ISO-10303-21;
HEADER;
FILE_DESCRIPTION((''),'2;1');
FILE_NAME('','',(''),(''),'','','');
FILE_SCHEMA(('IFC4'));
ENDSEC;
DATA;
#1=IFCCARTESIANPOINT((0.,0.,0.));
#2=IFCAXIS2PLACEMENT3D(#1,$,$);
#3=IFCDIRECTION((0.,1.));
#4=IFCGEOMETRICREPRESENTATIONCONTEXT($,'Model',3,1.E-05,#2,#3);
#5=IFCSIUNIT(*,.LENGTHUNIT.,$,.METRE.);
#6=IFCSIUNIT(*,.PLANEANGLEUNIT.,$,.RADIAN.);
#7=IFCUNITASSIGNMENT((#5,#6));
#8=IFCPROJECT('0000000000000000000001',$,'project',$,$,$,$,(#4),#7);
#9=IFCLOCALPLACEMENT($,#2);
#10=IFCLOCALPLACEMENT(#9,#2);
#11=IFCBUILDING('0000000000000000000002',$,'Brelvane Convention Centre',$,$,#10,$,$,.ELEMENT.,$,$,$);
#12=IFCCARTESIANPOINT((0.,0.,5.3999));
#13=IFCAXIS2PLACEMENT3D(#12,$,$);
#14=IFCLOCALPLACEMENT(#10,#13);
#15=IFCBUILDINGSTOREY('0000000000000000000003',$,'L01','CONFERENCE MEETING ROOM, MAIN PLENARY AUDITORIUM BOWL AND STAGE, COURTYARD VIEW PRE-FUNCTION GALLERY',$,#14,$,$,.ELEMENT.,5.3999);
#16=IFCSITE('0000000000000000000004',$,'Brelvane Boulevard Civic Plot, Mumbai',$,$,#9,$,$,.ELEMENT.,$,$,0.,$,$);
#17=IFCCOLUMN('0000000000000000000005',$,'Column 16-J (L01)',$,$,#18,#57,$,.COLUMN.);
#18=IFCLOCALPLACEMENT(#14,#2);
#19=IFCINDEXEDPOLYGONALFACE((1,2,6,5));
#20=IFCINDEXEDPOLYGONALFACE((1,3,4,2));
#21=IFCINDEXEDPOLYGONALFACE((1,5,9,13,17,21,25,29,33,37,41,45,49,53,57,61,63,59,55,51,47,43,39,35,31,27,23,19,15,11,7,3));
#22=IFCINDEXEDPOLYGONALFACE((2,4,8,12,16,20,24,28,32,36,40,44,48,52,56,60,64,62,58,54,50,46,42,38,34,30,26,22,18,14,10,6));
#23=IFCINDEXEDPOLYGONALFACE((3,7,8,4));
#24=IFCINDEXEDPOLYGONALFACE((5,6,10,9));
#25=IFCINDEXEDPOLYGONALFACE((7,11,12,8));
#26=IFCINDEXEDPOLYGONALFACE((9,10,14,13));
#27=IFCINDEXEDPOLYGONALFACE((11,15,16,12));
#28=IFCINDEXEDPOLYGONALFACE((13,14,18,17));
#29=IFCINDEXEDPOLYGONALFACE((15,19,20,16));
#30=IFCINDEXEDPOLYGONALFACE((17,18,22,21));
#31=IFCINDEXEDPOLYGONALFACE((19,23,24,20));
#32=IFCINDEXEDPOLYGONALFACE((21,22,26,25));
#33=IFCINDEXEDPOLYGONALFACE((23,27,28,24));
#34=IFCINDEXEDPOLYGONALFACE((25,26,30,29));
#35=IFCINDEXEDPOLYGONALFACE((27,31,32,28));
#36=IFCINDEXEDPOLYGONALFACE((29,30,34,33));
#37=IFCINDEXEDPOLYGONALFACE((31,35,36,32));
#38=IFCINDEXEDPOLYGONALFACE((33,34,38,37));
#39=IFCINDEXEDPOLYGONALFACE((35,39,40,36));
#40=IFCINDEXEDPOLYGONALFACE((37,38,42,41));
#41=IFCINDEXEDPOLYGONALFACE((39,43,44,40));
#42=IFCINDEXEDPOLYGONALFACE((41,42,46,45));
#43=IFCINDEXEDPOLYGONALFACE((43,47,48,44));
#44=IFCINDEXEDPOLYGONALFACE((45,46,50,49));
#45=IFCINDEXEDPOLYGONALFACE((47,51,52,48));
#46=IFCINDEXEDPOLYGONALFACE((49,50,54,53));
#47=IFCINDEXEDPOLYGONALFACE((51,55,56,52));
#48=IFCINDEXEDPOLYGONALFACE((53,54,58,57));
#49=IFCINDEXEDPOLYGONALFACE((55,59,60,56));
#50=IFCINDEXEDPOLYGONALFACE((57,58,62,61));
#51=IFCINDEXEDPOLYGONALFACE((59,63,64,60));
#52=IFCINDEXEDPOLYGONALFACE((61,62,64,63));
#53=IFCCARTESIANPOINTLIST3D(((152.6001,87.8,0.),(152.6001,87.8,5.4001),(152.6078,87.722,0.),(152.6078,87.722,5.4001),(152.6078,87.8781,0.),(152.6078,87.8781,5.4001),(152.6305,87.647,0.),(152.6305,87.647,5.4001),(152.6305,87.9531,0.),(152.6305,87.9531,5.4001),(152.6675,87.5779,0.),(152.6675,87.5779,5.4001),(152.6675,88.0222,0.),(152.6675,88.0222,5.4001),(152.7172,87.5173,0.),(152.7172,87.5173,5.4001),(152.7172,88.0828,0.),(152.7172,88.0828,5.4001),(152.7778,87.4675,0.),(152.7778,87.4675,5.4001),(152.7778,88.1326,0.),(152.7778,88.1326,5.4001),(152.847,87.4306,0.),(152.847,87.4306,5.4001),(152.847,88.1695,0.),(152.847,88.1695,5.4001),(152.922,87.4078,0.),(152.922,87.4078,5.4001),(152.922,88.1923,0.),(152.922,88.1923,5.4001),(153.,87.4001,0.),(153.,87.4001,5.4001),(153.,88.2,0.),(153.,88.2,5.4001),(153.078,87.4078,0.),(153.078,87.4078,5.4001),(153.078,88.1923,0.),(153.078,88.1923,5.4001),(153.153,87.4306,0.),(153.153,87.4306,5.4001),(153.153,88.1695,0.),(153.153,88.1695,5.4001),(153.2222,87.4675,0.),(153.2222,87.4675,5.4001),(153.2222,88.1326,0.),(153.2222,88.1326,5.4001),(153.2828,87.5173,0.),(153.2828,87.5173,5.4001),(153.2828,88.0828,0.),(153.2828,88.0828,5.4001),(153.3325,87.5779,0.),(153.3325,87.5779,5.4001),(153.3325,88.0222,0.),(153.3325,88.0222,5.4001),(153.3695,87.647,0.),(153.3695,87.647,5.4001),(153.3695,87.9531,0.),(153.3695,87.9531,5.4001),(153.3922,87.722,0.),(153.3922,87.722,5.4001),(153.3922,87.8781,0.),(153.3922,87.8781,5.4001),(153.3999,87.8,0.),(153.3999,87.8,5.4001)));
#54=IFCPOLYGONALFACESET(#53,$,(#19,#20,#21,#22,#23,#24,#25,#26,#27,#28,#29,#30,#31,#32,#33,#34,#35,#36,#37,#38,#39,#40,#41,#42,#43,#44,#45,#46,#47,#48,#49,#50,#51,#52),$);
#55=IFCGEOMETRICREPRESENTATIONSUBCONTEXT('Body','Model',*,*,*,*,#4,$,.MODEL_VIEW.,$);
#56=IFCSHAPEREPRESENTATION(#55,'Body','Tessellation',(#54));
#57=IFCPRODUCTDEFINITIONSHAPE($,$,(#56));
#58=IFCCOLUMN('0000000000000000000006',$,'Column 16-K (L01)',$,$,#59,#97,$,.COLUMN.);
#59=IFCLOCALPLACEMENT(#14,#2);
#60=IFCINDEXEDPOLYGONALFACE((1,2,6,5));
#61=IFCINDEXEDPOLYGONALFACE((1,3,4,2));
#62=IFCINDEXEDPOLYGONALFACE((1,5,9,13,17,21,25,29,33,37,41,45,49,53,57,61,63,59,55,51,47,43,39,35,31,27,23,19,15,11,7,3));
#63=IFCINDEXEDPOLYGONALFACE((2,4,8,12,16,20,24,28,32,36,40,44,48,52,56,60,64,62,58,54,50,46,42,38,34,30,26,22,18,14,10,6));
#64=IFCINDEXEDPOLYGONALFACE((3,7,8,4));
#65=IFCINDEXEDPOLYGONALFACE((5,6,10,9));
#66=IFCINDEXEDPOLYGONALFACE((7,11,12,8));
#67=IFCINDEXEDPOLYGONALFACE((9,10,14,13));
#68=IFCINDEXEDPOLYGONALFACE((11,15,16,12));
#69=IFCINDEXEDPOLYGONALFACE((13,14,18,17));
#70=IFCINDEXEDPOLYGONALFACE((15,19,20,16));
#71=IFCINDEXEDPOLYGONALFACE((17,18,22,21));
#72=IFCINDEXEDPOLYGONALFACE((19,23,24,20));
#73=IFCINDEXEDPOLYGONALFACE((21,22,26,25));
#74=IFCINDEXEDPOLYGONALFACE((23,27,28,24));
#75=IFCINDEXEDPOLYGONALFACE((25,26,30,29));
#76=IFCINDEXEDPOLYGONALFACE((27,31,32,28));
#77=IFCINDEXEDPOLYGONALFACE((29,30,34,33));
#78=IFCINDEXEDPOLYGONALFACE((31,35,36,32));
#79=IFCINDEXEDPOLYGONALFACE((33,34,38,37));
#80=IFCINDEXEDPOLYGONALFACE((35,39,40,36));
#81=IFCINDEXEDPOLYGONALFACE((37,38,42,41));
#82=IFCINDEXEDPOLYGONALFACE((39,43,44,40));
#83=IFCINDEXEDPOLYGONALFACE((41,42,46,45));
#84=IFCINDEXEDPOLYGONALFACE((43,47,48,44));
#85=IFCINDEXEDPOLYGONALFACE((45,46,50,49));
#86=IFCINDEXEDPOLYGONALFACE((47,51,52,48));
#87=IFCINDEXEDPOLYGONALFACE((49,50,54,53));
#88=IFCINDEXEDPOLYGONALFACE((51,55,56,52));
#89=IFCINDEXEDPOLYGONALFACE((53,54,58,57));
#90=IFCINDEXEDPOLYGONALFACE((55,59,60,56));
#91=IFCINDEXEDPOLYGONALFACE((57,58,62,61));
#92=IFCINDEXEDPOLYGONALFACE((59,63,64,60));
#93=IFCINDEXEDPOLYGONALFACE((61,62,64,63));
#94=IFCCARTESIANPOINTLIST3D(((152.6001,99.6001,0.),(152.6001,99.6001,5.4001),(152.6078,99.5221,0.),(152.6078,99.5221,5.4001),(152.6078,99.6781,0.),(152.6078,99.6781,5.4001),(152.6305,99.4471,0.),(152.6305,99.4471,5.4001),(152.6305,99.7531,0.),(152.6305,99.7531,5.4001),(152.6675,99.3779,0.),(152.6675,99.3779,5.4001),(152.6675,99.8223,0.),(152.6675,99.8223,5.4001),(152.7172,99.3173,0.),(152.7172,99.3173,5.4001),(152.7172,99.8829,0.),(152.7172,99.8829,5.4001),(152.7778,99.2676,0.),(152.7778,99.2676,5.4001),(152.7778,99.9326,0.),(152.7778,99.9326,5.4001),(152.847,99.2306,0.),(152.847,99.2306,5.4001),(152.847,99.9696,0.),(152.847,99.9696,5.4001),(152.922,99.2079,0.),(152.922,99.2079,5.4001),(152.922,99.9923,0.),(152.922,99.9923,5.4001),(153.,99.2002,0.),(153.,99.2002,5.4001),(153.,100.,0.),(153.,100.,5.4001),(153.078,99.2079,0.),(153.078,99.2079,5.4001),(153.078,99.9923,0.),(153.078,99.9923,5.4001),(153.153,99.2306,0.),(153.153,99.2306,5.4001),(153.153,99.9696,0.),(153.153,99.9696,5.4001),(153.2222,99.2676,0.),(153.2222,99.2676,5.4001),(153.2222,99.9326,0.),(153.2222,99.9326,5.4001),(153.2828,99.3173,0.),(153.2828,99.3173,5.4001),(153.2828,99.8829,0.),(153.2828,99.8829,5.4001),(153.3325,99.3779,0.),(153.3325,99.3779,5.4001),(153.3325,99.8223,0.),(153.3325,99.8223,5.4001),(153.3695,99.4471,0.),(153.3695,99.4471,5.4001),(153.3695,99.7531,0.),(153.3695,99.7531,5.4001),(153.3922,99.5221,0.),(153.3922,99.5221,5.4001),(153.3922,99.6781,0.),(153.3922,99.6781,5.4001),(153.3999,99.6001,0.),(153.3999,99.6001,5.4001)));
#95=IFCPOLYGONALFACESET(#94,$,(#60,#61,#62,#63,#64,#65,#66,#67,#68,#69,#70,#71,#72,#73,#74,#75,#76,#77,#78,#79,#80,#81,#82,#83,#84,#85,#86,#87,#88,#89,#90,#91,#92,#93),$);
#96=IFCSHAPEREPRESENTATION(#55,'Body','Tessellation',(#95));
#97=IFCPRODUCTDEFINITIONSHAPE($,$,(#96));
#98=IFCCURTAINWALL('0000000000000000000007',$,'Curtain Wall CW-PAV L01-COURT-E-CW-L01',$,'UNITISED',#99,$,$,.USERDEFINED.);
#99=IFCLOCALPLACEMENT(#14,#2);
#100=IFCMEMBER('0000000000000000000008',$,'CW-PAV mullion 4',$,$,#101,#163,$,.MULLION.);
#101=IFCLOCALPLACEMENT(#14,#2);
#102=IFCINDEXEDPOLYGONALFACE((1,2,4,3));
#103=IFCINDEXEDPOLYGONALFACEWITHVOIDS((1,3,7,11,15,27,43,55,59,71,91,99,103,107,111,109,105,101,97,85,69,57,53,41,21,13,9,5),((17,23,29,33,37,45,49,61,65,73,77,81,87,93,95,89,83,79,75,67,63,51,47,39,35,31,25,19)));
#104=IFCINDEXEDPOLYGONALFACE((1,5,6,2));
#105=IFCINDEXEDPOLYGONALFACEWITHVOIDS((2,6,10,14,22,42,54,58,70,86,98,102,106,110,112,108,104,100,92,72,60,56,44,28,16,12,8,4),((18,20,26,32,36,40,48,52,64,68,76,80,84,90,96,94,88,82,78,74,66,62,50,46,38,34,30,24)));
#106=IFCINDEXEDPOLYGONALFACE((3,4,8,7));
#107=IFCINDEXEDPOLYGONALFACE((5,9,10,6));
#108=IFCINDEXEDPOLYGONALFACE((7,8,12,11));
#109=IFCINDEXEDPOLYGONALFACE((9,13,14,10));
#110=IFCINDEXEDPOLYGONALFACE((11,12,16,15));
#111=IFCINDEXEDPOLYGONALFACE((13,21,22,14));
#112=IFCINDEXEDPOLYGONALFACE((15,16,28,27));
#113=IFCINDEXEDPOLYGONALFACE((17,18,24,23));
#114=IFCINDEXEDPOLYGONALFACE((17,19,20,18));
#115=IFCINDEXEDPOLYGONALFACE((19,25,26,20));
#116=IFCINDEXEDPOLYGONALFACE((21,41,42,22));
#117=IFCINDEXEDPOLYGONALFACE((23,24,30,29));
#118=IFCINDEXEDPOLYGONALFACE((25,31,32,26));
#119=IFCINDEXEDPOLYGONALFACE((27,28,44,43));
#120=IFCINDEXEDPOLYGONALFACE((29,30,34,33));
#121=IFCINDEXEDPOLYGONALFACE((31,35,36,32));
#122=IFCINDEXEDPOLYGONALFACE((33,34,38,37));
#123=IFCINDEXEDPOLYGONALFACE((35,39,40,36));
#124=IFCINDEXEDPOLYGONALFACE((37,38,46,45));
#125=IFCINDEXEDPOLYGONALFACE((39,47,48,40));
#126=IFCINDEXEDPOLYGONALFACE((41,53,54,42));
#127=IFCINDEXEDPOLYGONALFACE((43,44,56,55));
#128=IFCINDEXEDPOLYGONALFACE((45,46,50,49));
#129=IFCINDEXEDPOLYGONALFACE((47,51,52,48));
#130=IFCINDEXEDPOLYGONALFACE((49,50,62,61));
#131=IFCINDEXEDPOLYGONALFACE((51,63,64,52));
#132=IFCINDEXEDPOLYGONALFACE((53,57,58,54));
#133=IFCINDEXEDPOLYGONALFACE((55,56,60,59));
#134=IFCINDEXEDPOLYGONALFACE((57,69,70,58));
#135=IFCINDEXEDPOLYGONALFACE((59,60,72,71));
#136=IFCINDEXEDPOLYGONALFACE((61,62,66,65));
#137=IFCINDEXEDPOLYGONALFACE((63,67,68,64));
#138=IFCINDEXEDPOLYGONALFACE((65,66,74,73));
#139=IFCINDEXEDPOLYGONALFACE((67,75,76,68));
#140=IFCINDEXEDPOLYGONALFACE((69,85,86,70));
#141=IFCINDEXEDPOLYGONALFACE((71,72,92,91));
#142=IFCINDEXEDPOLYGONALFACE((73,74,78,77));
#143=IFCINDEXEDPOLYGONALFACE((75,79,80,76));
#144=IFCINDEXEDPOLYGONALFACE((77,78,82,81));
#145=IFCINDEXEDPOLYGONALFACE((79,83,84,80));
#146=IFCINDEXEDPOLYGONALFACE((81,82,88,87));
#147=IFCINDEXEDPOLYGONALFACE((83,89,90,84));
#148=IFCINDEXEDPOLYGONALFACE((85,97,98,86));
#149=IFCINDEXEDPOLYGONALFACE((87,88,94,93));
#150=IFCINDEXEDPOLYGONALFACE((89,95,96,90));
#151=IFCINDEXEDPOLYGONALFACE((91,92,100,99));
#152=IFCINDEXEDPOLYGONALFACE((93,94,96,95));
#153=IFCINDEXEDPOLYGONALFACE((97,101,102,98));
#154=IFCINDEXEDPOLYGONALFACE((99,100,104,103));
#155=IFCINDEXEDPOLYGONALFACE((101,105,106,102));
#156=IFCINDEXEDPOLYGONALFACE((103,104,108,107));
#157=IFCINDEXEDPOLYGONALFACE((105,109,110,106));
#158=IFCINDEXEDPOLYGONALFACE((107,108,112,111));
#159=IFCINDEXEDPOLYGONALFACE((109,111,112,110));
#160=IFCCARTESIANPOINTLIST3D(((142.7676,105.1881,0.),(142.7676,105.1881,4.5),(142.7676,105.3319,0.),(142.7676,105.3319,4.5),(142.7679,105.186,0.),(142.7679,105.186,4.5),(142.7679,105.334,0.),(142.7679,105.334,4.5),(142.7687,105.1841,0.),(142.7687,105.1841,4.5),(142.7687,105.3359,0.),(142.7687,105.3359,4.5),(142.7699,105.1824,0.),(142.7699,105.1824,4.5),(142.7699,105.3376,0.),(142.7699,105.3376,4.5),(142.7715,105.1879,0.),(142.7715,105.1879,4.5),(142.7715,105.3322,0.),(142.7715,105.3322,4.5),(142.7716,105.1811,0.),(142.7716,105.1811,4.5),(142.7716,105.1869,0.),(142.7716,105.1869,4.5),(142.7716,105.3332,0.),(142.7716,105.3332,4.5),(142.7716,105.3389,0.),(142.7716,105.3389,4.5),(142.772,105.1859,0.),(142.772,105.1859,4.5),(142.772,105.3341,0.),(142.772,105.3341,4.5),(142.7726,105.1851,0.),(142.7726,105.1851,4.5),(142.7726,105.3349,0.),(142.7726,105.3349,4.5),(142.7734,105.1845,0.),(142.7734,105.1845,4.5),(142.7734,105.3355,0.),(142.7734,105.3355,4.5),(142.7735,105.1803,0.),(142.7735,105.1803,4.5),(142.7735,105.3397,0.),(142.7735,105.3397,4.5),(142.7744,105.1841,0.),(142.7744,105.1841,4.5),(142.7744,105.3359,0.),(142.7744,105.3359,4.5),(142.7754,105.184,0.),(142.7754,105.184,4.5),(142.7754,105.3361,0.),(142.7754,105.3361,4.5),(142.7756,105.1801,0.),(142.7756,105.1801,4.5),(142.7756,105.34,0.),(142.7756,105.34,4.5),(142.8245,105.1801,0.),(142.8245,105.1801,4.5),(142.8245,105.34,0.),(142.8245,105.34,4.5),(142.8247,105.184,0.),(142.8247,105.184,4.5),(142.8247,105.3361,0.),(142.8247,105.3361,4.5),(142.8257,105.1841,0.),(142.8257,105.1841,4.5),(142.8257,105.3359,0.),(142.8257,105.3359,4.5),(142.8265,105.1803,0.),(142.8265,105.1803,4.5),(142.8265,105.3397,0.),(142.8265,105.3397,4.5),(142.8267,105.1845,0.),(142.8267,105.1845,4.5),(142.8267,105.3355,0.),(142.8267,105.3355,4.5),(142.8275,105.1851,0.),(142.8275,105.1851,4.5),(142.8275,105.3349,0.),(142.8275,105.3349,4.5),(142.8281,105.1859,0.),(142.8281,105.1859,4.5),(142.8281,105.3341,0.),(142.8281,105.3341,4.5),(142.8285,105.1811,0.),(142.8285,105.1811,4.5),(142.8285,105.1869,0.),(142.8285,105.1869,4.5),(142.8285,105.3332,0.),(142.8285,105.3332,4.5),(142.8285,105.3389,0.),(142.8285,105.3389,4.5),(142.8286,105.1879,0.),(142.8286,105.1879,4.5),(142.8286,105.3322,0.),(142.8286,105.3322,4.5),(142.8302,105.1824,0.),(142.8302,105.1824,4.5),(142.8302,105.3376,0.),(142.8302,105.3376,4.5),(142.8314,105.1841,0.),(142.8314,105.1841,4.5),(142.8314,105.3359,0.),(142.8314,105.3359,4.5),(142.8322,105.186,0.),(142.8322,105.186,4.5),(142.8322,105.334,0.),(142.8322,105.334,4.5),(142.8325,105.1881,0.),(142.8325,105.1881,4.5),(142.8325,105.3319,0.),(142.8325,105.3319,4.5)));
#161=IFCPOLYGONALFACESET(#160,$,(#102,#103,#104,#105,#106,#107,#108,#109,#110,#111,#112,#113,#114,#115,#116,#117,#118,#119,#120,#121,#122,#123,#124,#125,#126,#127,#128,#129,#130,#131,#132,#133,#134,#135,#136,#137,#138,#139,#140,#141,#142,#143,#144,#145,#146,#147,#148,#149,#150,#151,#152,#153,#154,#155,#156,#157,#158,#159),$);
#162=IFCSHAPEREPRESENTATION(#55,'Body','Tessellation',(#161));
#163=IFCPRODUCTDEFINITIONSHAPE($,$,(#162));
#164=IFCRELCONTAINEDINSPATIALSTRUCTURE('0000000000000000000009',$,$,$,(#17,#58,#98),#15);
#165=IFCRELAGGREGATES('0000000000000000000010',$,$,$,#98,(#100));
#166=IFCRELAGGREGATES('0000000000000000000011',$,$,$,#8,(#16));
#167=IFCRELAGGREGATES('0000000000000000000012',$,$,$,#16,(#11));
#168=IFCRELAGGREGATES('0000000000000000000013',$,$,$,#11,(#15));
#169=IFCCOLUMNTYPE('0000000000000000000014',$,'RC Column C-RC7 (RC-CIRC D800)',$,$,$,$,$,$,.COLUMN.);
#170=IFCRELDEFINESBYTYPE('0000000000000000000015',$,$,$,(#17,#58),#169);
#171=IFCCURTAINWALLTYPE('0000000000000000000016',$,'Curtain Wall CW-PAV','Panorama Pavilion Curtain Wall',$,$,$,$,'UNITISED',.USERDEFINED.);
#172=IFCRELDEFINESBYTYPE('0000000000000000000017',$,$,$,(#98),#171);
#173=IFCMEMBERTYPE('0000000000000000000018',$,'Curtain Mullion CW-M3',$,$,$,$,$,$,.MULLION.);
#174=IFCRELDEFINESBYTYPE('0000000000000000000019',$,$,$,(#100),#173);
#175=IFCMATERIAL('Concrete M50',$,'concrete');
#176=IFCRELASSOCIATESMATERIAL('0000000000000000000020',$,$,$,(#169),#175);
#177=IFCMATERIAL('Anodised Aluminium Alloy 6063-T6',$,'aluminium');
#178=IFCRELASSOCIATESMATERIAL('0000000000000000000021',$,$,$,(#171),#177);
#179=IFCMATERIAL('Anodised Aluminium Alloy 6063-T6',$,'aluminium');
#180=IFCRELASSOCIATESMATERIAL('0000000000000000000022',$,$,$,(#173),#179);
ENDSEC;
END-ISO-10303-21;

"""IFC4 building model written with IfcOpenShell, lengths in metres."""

from ifc_helpers import new_model, si_unit, direction, frame, origin, origin_2d, place, context, subcontext, project, spatial, hollow_rectangle, circle, extrude, material, material_profile, profile_set, type_object, element, aggregate, save


model = new_model("IFC4")

# Units and contexts
model_context = context("Model", 3, precision=1e-05, world=origin(), true_north=direction((0.0, 1.0)))
body_context = subcontext(model_context, "Body", "Model", "MODEL_VIEW")
ifc_project = project(units=[si_unit("LENGTHUNIT", "METRE"), si_unit("PLANEANGLEUNIT", "RADIAN")], contexts=[model_context])

# Site, building, storey
site_placement = place(None, origin())
site = spatial("IfcSite", under=ifc_project, at=site_placement, Name="Brelvane Boulevard Civic Plot, Mumbai", CompositionType="ELEMENT", RefElevation=0.0)
building_placement = place(site_placement, origin())
building = spatial("IfcBuilding", under=site, at=building_placement, Name="Brelvane Convention Centre", CompositionType="ELEMENT")
storey_placement = place(building_placement, frame((0.0, 0.0, 5.3999)))
storey = spatial("IfcBuildingStorey", under=building, at=storey_placement, Name="L01", Description="CONFERENCE MEETING ROOM, MAIN PLENARY AUDITORIUM BOWL AND STAGE, COURTYARD VIEW PRE-FUNCTION GALLERY", CompositionType="ELEMENT", Elevation=5.3999)

# Columns
ifc_material_1 = material(Name="Concrete M50", Category="concrete")
ifc_material_profile_1 = material_profile(ifc_material_1, circle(Radius=0.3999, at=origin_2d()), Name="RC-CIRC D800")
ifc_profile_set_1 = profile_set([ifc_material_profile_1], Name="Concrete M50")
column_type = type_object("IfcColumnType", Name="RC Column C-RC7 (RC-CIRC D800)", PredefinedType="COLUMN", material=ifc_profile_set_1)
for number, where, z_axis, x_axis, name in (
    (1, (153.0, 87.8, 0.0), (0.0, 0.0, 1.0), (1.0, 0.0, 0.0), "Column 16-J (L01)"),
    (2, (153.0, 99.6001, 0.0), (0.0, 0.0, 1.0), (1.0, 0.0, 0.0), "Column 16-K (L01)"),
):
    element("IfcColumn", number, at=place(storey_placement, frame(where, z_axis=z_axis, x_axis=x_axis)), inside=storey, type_object=column_type, Name=name, PredefinedType="COLUMN", context=body_context, shape_type="SweptSolid", body=[
        extrude(circle(Radius=0.3999, at=origin_2d()), origin(), (0.0, 0.0, 1.0), 5.4001),
    ])

# Curtain wall, member
ifc_material_2 = material(Name="Anodised Aluminium Alloy 6063-T6", Category="aluminium")
curtain_wall_type = type_object("IfcCurtainWallType", Name="Curtain Wall CW-PAV", Description="Panorama Pavilion Curtain Wall", ElementType="UNITISED", PredefinedType="USERDEFINED", material=ifc_material_2)
curtain_wall_placement = place(storey_placement, origin())
curtain_wall = element("IfcCurtainWall", 3, at=curtain_wall_placement, inside=storey, type_object=curtain_wall_type, Name="Curtain Wall CW-PAV L01-COURT-E-CW-L01", ObjectType="UNITISED", PredefinedType="USERDEFINED")
ifc_material_3 = material(Name="Anodised Aluminium Alloy 6063-T6", Category="aluminium")
ifc_material_profile_2 = material_profile(ifc_material_3, hollow_rectangle(XDim=0.0649, YDim=0.1599, WallThickness=0.0039, InnerFilletRadius=0.0039, OuterFilletRadius=0.0081, at=origin_2d()), Name="ALU-M 160x65x4.0")
ifc_profile_set_2 = profile_set([ifc_material_profile_2], Name="Anodised Aluminium Alloy 6063-T6")
member_type_1 = type_object("IfcMemberType", Name="Curtain Mullion CW-M3", PredefinedType="MULLION", material=ifc_profile_set_2)
member_1_placement = place(storey_placement, frame((142.8, 105.26, 0.0), z_axis=(0.0, 0.0, 1.0), x_axis=(-1.0, 0.0, 0.0)))
member_1 = element("IfcMember", 4, at=member_1_placement, type_object=member_type_1, Name="CW-PAV mullion 4", PredefinedType="MULLION", context=body_context, shape_type="SweptSolid", body=[
    extrude(hollow_rectangle(XDim=0.0649, YDim=0.1599, WallThickness=0.0039, InnerFilletRadius=0.0039, OuterFilletRadius=0.0081, at=origin_2d()), origin(), (0.0, 0.0, 1.0), 4.5),
])

aggregate(curtain_wall, [member_1])

save(model, "model.ifc")
